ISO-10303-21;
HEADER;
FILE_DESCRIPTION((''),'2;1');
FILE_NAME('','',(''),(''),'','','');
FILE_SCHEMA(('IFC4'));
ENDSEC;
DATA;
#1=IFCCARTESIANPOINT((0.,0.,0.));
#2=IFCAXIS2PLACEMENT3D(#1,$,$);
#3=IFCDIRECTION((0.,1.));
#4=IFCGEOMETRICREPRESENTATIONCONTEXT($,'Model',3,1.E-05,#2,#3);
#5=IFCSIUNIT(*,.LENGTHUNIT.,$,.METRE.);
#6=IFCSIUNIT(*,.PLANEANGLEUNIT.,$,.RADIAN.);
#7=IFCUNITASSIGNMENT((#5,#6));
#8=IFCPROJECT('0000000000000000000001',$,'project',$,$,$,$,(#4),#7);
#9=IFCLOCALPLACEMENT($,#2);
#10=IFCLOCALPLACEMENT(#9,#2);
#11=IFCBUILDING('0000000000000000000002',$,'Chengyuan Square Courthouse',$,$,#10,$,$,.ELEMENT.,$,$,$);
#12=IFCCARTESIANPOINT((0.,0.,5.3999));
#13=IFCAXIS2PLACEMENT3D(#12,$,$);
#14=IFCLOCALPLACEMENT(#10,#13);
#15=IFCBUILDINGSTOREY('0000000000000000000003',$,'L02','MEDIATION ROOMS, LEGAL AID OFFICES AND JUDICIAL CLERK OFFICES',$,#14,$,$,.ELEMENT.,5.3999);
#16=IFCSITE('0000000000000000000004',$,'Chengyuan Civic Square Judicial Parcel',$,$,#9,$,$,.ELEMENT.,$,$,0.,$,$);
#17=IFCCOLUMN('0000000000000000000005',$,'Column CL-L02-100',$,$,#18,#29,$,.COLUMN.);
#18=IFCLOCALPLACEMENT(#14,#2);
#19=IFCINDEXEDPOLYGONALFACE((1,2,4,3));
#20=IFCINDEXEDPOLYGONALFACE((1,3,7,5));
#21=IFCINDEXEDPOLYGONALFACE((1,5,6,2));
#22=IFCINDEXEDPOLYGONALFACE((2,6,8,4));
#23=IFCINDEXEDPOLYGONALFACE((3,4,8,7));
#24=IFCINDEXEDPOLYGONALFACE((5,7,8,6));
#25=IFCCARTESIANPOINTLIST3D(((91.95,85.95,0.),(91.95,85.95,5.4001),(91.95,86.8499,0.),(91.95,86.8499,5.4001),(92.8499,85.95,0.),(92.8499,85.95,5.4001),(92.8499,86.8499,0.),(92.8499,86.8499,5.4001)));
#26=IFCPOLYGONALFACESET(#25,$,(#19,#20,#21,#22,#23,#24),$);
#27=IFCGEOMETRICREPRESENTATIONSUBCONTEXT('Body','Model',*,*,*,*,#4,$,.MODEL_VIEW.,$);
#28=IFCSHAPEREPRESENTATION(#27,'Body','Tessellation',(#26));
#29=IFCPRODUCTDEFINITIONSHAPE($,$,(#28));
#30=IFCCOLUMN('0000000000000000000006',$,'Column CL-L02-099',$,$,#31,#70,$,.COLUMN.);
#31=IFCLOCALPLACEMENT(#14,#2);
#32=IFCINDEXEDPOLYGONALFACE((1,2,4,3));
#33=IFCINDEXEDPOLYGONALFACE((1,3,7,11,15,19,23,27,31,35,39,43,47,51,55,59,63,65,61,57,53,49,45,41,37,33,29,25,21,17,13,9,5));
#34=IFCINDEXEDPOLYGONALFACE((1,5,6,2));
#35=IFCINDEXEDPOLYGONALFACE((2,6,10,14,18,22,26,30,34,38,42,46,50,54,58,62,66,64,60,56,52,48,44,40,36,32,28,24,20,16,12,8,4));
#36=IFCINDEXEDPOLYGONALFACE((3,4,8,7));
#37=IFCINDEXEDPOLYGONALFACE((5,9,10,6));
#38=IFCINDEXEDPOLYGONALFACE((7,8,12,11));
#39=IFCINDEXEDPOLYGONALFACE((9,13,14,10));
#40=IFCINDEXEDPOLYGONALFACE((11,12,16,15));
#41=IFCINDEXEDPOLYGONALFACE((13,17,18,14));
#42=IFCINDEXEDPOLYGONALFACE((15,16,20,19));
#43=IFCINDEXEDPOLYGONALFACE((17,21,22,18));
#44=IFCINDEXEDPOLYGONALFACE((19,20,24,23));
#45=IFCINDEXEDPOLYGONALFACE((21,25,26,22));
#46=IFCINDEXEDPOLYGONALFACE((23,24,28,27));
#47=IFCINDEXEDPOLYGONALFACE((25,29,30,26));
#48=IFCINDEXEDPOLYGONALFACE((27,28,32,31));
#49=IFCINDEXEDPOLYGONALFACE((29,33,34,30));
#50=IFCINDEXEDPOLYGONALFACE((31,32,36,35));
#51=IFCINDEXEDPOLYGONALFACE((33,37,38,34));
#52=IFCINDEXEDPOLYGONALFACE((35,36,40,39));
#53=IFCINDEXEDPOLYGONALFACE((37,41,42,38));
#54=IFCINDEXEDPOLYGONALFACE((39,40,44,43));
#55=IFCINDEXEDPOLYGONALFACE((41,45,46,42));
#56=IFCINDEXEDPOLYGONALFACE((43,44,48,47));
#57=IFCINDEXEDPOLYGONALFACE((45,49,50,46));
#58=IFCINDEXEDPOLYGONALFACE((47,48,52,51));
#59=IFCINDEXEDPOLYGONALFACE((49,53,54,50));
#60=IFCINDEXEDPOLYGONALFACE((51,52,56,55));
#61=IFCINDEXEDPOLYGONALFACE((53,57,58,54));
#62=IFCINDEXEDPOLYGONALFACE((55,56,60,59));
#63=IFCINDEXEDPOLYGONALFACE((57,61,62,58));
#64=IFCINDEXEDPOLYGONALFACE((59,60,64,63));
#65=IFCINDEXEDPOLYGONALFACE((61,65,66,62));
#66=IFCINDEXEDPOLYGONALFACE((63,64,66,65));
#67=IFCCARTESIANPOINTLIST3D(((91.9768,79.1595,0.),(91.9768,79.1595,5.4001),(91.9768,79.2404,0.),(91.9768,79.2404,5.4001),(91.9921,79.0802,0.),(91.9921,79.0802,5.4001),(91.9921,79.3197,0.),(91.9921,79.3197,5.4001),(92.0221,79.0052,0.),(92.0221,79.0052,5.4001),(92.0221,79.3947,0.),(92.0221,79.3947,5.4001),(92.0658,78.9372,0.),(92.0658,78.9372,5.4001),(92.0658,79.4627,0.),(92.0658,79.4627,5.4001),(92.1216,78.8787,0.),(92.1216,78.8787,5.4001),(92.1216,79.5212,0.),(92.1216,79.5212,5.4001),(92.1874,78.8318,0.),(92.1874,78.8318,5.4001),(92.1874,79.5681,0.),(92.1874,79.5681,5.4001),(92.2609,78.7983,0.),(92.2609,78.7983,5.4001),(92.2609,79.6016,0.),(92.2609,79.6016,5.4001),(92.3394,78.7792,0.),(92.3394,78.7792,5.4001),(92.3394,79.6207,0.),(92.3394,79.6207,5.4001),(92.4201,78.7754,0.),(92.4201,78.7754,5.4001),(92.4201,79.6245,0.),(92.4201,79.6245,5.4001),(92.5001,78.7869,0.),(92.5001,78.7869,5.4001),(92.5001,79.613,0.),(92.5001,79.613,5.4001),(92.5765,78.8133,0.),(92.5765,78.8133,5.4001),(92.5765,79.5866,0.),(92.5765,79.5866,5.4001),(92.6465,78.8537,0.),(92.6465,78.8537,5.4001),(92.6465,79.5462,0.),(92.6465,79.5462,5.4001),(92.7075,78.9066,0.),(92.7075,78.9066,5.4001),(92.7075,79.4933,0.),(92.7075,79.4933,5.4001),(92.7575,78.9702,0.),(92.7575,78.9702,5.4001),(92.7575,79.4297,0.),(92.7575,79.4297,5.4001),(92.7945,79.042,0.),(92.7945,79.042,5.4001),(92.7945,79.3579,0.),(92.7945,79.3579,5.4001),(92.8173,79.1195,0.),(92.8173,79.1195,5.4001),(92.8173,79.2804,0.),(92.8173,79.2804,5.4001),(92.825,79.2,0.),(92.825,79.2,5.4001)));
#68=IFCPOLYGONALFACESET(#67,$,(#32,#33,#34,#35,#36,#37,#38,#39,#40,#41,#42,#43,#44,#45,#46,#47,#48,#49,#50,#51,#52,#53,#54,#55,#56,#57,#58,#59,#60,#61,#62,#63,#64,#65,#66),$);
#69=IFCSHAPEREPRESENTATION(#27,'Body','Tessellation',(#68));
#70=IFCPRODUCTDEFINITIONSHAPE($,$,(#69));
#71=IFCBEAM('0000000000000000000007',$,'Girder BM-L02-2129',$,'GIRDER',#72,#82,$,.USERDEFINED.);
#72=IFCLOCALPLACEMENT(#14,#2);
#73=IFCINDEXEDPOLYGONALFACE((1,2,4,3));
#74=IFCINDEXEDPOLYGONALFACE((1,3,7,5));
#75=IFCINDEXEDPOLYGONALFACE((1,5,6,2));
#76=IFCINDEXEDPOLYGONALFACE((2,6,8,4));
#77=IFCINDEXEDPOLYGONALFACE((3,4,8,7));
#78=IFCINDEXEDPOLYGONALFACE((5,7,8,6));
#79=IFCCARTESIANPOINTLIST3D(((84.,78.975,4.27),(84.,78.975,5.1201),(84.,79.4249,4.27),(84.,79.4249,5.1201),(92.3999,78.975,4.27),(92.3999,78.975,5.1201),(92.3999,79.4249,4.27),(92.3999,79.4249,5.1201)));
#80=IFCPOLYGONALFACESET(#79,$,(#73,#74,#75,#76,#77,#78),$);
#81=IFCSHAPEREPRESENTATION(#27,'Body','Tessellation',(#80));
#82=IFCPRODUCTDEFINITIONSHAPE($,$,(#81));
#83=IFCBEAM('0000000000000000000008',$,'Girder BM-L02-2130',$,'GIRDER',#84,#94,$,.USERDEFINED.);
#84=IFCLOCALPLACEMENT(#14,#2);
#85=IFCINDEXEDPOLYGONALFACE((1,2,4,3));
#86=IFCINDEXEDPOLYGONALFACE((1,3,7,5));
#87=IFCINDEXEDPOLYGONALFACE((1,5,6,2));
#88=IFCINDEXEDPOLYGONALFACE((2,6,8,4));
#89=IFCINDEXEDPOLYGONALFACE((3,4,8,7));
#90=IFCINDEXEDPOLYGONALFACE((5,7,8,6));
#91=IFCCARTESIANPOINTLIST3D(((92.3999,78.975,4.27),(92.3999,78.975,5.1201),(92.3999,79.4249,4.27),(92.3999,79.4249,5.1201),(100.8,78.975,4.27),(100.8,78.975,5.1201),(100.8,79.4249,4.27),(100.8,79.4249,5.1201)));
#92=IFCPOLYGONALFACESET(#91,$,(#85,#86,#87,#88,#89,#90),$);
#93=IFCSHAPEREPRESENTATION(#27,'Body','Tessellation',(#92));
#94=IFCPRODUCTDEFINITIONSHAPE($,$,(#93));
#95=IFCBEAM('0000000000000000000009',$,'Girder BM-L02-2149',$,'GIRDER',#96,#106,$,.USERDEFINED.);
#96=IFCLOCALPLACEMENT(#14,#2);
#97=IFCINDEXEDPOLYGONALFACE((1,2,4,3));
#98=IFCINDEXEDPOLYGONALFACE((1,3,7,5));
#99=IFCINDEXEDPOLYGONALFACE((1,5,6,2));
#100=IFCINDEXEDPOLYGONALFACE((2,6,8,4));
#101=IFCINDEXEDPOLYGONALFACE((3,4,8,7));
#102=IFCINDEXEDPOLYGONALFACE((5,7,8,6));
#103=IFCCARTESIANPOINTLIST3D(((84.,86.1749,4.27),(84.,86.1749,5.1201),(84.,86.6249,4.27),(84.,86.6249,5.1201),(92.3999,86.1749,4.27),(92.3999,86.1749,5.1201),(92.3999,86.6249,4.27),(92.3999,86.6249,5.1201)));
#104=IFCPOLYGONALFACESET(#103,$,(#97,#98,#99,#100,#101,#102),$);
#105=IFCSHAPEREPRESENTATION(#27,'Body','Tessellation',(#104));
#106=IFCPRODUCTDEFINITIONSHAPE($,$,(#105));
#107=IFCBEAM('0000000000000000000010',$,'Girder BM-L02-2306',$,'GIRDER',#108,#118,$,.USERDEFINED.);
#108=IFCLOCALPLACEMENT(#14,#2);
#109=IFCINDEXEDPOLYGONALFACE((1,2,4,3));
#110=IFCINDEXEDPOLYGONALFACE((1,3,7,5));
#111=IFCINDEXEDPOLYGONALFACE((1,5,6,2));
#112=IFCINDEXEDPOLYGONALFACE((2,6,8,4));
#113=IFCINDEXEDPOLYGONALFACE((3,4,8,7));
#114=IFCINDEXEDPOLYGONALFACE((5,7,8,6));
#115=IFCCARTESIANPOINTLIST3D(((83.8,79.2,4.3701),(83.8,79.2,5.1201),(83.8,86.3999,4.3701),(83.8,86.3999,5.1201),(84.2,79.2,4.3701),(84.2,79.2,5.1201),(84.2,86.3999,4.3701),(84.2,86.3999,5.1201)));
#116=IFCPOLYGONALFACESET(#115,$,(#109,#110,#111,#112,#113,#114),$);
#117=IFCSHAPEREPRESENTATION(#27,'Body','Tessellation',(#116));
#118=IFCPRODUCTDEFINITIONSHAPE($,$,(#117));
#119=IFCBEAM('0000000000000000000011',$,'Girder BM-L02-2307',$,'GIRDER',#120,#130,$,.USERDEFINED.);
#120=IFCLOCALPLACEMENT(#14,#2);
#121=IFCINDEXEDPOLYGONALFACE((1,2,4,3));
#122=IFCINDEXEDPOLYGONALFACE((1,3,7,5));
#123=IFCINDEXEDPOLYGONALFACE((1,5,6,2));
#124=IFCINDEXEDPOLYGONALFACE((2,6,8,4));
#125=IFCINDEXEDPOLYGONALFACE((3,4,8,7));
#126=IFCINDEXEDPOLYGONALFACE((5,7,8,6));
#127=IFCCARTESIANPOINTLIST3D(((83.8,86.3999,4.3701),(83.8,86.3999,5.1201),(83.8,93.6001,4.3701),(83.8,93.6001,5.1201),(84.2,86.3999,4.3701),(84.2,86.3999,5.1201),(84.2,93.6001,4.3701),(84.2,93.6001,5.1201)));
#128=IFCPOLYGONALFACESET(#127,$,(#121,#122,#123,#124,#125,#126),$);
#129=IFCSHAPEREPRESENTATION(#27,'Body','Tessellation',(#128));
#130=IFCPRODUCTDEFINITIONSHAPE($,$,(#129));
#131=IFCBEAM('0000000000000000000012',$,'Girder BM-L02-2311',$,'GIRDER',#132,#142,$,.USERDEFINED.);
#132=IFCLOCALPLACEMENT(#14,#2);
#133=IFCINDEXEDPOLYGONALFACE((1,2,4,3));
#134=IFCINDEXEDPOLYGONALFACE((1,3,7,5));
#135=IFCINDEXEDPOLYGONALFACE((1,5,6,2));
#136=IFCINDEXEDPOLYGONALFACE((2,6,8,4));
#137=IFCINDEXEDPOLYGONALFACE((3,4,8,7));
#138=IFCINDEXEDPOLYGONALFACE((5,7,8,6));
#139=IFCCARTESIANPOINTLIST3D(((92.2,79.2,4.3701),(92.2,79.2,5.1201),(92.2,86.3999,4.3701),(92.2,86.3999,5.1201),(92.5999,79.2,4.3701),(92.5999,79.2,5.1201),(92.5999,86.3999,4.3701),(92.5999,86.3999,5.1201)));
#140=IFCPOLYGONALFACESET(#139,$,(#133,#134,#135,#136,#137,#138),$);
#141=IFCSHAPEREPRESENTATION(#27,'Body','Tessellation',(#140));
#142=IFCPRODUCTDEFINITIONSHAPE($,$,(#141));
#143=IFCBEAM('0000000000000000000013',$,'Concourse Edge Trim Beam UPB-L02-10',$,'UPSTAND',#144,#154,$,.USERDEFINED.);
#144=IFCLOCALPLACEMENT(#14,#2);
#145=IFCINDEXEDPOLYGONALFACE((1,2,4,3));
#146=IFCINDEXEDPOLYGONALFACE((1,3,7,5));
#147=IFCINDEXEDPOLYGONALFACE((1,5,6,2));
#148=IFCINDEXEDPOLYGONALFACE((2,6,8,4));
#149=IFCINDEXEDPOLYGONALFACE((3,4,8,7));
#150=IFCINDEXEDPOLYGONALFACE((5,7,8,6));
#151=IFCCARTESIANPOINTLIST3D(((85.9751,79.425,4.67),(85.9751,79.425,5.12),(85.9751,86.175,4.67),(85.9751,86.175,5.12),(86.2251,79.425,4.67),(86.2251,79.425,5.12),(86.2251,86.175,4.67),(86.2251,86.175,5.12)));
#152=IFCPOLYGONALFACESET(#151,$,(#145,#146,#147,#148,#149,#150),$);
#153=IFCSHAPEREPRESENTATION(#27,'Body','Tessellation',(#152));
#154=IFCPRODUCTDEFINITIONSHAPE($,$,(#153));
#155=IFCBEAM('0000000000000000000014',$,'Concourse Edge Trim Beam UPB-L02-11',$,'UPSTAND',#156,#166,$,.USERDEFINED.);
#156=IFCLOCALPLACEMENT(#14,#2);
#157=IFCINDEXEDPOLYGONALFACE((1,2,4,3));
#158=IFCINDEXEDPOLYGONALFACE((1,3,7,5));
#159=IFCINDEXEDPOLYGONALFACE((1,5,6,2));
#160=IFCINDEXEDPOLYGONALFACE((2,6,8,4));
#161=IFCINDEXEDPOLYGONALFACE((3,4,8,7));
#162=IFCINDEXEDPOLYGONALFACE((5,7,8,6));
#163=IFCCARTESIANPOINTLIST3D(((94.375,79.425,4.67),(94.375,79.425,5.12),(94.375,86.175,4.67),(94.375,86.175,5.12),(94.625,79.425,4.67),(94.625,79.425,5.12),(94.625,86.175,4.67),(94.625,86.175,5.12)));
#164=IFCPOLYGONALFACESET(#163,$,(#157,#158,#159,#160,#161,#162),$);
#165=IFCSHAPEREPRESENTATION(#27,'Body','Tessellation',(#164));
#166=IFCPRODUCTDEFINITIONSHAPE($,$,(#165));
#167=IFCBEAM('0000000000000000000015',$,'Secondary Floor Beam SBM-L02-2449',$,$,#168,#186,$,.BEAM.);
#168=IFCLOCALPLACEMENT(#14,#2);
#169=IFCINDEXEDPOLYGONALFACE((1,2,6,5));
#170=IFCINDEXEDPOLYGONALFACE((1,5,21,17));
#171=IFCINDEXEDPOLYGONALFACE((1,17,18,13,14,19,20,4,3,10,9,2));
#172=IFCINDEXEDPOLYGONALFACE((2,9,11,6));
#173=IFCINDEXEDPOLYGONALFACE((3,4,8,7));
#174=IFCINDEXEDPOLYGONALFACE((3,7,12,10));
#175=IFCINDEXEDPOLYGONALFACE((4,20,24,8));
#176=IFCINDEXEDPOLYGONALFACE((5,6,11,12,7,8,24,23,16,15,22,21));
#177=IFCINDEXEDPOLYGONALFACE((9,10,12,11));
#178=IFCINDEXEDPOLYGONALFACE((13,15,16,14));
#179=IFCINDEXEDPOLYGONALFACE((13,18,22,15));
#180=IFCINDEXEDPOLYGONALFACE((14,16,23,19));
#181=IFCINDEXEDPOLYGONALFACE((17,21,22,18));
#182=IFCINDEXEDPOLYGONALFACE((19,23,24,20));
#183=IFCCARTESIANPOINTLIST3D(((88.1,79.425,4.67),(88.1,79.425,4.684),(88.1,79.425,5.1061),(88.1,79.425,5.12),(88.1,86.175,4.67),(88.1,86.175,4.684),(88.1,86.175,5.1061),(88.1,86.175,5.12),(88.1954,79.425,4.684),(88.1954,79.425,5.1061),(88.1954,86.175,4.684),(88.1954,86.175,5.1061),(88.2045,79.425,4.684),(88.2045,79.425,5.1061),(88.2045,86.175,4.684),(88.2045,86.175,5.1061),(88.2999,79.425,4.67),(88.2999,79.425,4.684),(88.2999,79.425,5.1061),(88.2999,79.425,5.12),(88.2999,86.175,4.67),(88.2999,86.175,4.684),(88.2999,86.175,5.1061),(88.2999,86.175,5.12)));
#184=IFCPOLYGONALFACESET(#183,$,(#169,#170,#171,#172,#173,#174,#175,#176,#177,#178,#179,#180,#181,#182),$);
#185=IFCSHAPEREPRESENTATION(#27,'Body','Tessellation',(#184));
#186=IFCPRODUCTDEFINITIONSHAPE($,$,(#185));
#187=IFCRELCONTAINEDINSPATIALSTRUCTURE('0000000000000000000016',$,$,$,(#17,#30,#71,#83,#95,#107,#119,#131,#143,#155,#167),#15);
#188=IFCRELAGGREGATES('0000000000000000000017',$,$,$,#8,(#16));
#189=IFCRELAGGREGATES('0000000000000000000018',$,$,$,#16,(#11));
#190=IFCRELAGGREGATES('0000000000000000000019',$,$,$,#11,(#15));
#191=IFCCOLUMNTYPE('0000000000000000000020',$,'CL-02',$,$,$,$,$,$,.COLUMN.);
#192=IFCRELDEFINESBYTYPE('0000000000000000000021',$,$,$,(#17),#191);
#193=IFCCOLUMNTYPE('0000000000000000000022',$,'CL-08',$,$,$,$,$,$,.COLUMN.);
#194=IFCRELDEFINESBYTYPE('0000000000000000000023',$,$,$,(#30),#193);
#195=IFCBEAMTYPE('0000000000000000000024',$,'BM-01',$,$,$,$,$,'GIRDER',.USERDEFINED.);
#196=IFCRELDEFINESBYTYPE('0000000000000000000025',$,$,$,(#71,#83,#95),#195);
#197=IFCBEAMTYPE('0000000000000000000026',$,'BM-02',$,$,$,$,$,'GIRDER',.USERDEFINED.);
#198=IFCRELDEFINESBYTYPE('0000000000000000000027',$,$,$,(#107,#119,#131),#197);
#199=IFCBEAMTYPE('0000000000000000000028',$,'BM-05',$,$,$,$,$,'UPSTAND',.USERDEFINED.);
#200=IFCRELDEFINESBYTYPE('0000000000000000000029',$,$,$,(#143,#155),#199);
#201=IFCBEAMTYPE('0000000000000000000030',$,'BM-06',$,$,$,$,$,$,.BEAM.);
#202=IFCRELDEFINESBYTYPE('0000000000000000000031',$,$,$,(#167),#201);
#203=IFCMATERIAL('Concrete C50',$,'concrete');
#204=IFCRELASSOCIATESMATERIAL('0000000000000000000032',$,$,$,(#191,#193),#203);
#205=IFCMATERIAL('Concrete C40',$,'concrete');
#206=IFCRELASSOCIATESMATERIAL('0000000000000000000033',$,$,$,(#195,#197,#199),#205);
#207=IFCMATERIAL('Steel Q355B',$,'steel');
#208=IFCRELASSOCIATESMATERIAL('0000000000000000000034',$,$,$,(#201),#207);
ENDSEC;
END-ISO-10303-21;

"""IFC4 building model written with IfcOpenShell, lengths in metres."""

from ifc_helpers import new_model, si_unit, direction, frame, origin, origin_2d, place, context, subcontext, project, spatial, rectangle, circle, i_section, extrude, material, material_profile, profile_set, type_object, element, save


model = new_model("IFC4")

# Units and contexts
model_context = context("Model", 3, precision=1e-05, world=origin(), true_north=direction((0.0, 1.0)))
body_context = subcontext(model_context, "Body", "Model", "MODEL_VIEW")
ifc_project = project(units=[si_unit("LENGTHUNIT", "METRE"), si_unit("PLANEANGLEUNIT", "RADIAN")], contexts=[model_context])

# Site, building, storey
site_placement = place(None, origin())
site = spatial("IfcSite", under=ifc_project, at=site_placement, Name="Chengyuan Civic Square Judicial Parcel", CompositionType="ELEMENT", RefElevation=0.0)
building_placement = place(site_placement, origin())
building = spatial("IfcBuilding", under=site, at=building_placement, Name="Chengyuan Square Courthouse", CompositionType="ELEMENT")
storey_placement = place(building_placement, frame((0.0, 0.0, 5.3999)))
storey = spatial("IfcBuildingStorey", under=building, at=storey_placement, Name="L02", Description="MEDIATION ROOMS, LEGAL AID OFFICES AND JUDICIAL CLERK OFFICES", CompositionType="ELEMENT", Elevation=5.3999)

# Columns
ifc_material_1 = material(Name="Concrete C50", Category="concrete")
ifc_material_profile_1 = material_profile(ifc_material_1, rectangle(XDim=0.8999, YDim=0.8999, at=origin_2d()), Name="RC-COL-900x900")
ifc_profile_set_1 = profile_set([ifc_material_profile_1], Name="Concrete C50")
column_type_1 = type_object("IfcColumnType", Name="CL-02", PredefinedType="COLUMN", material=ifc_profile_set_1)
column_1_placement = place(storey_placement, frame((92.3999, 86.3999, 0.0), z_axis=(0.0, 0.0, 1.0), x_axis=(1.0, 0.0, 0.0)))
element("IfcColumn", 1, at=column_1_placement, inside=storey, type_object=column_type_1, Name="Column CL-L02-100", PredefinedType="COLUMN", context=body_context, shape_type="SweptSolid", body=[
    extrude(rectangle(XDim=0.8999, YDim=0.8999, at=origin_2d()), origin(), (0.0, 0.0, 1.0), 5.4001),
])
ifc_material_profile_2 = material_profile(ifc_material_1, circle(Radius=0.425, at=origin_2d()), Name="RC-COL-D850")
ifc_profile_set_2 = profile_set([ifc_material_profile_2], Name="Concrete C50")
column_type_2 = type_object("IfcColumnType", Name="CL-08", PredefinedType="COLUMN", material=ifc_profile_set_2)
column_2_placement = place(storey_placement, frame((92.3999, 79.2, 0.0), z_axis=(0.0, 0.0, 1.0), x_axis=(1.0, 0.0, 0.0)))
element("IfcColumn", 2, at=column_2_placement, inside=storey, type_object=column_type_2, Name="Column CL-L02-099", PredefinedType="COLUMN", context=body_context, shape_type="SweptSolid", body=[
    extrude(circle(Radius=0.425, at=origin_2d()), origin(), (0.0, 0.0, 1.0), 5.4001),
])

# Beams
ifc_material_2 = material(Name="Concrete C40", Category="concrete")
ifc_material_profile_3 = material_profile(ifc_material_2, rectangle(XDim=0.45, YDim=0.8501, at=origin_2d()), Name="RC-BM-450x850")
ifc_profile_set_3 = profile_set([ifc_material_profile_3], Name="Concrete C40")
beam_type_1 = type_object("IfcBeamType", Name="BM-01", ElementType="GIRDER", PredefinedType="USERDEFINED", material=ifc_profile_set_3)
beam_1_placement = place(storey_placement, frame((84.0, 79.2, 4.6951), z_axis=(1.0, 0.0, 0.0), x_axis=(0.0, 1.0, 0.0)))
element("IfcBeam", 3, at=beam_1_placement, inside=storey, type_object=beam_type_1, Name="Girder BM-L02-2129", ObjectType="GIRDER", PredefinedType="USERDEFINED", context=body_context, shape_type="SweptSolid", body=[
    extrude(rectangle(XDim=0.45, YDim=0.8501, at=origin_2d()), origin(), (0.0, 0.0, 1.0), 8.3999),
])
beam_2_placement = place(storey_placement, frame((92.3999, 79.2, 4.6951), z_axis=(1.0, 0.0, 0.0), x_axis=(0.0, 1.0, 0.0)))
element("IfcBeam", 4, at=beam_2_placement, inside=storey, type_object=beam_type_1, Name="Girder BM-L02-2130", ObjectType="GIRDER", PredefinedType="USERDEFINED", context=body_context, shape_type="SweptSolid", body=[
    extrude(rectangle(XDim=0.45, YDim=0.8501, at=origin_2d()), origin(), (0.0, 0.0, 1.0), 8.4001),
])
beam_3_placement = place(storey_placement, frame((84.0, 86.3999, 4.6951), z_axis=(1.0, 0.0, 0.0), x_axis=(0.0, 1.0, 0.0)))
element("IfcBeam", 5, at=beam_3_placement, inside=storey, type_object=beam_type_1, Name="Girder BM-L02-2149", ObjectType="GIRDER", PredefinedType="USERDEFINED", context=body_context, shape_type="SweptSolid", body=[
    extrude(rectangle(XDim=0.45, YDim=0.8501, at=origin_2d()), origin(), (0.0, 0.0, 1.0), 8.3999),
])
ifc_material_profile_4 = material_profile(ifc_material_2, rectangle(XDim=0.3999, YDim=0.75, at=origin_2d()), Name="RC-BM-400x750")
ifc_profile_set_4 = profile_set([ifc_material_profile_4], Name="Concrete C40")
beam_type_2 = type_object("IfcBeamType", Name="BM-02", ElementType="GIRDER", PredefinedType="USERDEFINED", material=ifc_profile_set_4)
beam_4_placement = place(storey_placement, frame((84.0, 79.2, 4.7451), z_axis=(0.0, 1.0, 0.0), x_axis=(-1.0, 0.0, 0.0)))
element("IfcBeam", 6, at=beam_4_placement, inside=storey, type_object=beam_type_2, Name="Girder BM-L02-2306", ObjectType="GIRDER", PredefinedType="USERDEFINED", context=body_context, shape_type="SweptSolid", body=[
    extrude(rectangle(XDim=0.3999, YDim=0.75, at=origin_2d()), origin(), (0.0, 0.0, 1.0), 7.2),
])
beam_5_placement = place(storey_placement, frame((84.0, 86.3999, 4.7451), z_axis=(0.0, 1.0, 0.0), x_axis=(-1.0, 0.0, 0.0)))
element("IfcBeam", 7, at=beam_5_placement, inside=storey, type_object=beam_type_2, Name="Girder BM-L02-2307", ObjectType="GIRDER", PredefinedType="USERDEFINED", context=body_context, shape_type="SweptSolid", body=[
    extrude(rectangle(XDim=0.3999, YDim=0.75, at=origin_2d()), origin(), (0.0, 0.0, 1.0), 7.2002),
])
beam_6_placement = place(storey_placement, frame((92.3999, 79.2, 4.7451), z_axis=(0.0, 1.0, 0.0), x_axis=(-1.0, 0.0, 0.0)))
element("IfcBeam", 8, at=beam_6_placement, inside=storey, type_object=beam_type_2, Name="Girder BM-L02-2311", ObjectType="GIRDER", PredefinedType="USERDEFINED", context=body_context, shape_type="SweptSolid", body=[
    extrude(rectangle(XDim=0.3999, YDim=0.75, at=origin_2d()), origin(), (0.0, 0.0, 1.0), 7.2),
])
ifc_material_profile_5 = material_profile(ifc_material_2, rectangle(XDim=0.25, YDim=0.45, at=origin_2d()), Name="RC-UP-250x450")
ifc_profile_set_5 = profile_set([ifc_material_profile_5], Name="Concrete C40")
beam_type_3 = type_object("IfcBeamType", Name="BM-05", ElementType="UPSTAND", PredefinedType="USERDEFINED", material=ifc_profile_set_5)
for number, where, z_axis, x_axis, name in (
    (9, (86.1001, 79.425, 4.895), (0.0, 1.0, 0.0), (-1.0, 0.0, 0.0), "Concourse Edge Trim Beam UPB-L02-10"),
    (10, (94.5, 79.425, 4.895), (0.0, 1.0, 0.0), (-1.0, 0.0, 0.0), "Concourse Edge Trim Beam UPB-L02-11"),
):
    element("IfcBeam", number, at=place(storey_placement, frame(where, z_axis=z_axis, x_axis=x_axis)), inside=storey, type_object=beam_type_3, Name=name, ObjectType="UPSTAND", PredefinedType="USERDEFINED", context=body_context, shape_type="SweptSolid", body=[
        extrude(rectangle(XDim=0.25, YDim=0.45, at=origin_2d()), origin(), (0.0, 0.0, 1.0), 6.75),
    ])
ifc_material_3 = material(Name="Steel Q355B", Category="steel")
ifc_material_profile_6 = material_profile(ifc_material_3, i_section(OverallWidth=0.2, OverallDepth=0.45, WebThickness=0.009, FlangeThickness=0.0139, at=origin_2d()), Name="HN 450x200x9x14")
ifc_profile_set_6 = profile_set([ifc_material_profile_6], Name="Steel Q355B")
beam_type_4 = type_object("IfcBeamType", Name="BM-06", PredefinedType="BEAM", material=ifc_profile_set_6)
beam_7_placement = place(storey_placement, frame((88.2, 79.425, 4.895), z_axis=(0.0, 1.0, 0.0), x_axis=(-1.0, 0.0, 0.0)))
element("IfcBeam", 11, at=beam_7_placement, inside=storey, type_object=beam_type_4, Name="Secondary Floor Beam SBM-L02-2449", PredefinedType="BEAM", context=body_context, shape_type="SweptSolid", body=[
    extrude(i_section(OverallWidth=0.2, OverallDepth=0.45, WebThickness=0.009, FlangeThickness=0.0139, at=origin_2d()), origin(), (0.0, 0.0, 1.0), 6.75),
])

save(model, "model.ifc")
